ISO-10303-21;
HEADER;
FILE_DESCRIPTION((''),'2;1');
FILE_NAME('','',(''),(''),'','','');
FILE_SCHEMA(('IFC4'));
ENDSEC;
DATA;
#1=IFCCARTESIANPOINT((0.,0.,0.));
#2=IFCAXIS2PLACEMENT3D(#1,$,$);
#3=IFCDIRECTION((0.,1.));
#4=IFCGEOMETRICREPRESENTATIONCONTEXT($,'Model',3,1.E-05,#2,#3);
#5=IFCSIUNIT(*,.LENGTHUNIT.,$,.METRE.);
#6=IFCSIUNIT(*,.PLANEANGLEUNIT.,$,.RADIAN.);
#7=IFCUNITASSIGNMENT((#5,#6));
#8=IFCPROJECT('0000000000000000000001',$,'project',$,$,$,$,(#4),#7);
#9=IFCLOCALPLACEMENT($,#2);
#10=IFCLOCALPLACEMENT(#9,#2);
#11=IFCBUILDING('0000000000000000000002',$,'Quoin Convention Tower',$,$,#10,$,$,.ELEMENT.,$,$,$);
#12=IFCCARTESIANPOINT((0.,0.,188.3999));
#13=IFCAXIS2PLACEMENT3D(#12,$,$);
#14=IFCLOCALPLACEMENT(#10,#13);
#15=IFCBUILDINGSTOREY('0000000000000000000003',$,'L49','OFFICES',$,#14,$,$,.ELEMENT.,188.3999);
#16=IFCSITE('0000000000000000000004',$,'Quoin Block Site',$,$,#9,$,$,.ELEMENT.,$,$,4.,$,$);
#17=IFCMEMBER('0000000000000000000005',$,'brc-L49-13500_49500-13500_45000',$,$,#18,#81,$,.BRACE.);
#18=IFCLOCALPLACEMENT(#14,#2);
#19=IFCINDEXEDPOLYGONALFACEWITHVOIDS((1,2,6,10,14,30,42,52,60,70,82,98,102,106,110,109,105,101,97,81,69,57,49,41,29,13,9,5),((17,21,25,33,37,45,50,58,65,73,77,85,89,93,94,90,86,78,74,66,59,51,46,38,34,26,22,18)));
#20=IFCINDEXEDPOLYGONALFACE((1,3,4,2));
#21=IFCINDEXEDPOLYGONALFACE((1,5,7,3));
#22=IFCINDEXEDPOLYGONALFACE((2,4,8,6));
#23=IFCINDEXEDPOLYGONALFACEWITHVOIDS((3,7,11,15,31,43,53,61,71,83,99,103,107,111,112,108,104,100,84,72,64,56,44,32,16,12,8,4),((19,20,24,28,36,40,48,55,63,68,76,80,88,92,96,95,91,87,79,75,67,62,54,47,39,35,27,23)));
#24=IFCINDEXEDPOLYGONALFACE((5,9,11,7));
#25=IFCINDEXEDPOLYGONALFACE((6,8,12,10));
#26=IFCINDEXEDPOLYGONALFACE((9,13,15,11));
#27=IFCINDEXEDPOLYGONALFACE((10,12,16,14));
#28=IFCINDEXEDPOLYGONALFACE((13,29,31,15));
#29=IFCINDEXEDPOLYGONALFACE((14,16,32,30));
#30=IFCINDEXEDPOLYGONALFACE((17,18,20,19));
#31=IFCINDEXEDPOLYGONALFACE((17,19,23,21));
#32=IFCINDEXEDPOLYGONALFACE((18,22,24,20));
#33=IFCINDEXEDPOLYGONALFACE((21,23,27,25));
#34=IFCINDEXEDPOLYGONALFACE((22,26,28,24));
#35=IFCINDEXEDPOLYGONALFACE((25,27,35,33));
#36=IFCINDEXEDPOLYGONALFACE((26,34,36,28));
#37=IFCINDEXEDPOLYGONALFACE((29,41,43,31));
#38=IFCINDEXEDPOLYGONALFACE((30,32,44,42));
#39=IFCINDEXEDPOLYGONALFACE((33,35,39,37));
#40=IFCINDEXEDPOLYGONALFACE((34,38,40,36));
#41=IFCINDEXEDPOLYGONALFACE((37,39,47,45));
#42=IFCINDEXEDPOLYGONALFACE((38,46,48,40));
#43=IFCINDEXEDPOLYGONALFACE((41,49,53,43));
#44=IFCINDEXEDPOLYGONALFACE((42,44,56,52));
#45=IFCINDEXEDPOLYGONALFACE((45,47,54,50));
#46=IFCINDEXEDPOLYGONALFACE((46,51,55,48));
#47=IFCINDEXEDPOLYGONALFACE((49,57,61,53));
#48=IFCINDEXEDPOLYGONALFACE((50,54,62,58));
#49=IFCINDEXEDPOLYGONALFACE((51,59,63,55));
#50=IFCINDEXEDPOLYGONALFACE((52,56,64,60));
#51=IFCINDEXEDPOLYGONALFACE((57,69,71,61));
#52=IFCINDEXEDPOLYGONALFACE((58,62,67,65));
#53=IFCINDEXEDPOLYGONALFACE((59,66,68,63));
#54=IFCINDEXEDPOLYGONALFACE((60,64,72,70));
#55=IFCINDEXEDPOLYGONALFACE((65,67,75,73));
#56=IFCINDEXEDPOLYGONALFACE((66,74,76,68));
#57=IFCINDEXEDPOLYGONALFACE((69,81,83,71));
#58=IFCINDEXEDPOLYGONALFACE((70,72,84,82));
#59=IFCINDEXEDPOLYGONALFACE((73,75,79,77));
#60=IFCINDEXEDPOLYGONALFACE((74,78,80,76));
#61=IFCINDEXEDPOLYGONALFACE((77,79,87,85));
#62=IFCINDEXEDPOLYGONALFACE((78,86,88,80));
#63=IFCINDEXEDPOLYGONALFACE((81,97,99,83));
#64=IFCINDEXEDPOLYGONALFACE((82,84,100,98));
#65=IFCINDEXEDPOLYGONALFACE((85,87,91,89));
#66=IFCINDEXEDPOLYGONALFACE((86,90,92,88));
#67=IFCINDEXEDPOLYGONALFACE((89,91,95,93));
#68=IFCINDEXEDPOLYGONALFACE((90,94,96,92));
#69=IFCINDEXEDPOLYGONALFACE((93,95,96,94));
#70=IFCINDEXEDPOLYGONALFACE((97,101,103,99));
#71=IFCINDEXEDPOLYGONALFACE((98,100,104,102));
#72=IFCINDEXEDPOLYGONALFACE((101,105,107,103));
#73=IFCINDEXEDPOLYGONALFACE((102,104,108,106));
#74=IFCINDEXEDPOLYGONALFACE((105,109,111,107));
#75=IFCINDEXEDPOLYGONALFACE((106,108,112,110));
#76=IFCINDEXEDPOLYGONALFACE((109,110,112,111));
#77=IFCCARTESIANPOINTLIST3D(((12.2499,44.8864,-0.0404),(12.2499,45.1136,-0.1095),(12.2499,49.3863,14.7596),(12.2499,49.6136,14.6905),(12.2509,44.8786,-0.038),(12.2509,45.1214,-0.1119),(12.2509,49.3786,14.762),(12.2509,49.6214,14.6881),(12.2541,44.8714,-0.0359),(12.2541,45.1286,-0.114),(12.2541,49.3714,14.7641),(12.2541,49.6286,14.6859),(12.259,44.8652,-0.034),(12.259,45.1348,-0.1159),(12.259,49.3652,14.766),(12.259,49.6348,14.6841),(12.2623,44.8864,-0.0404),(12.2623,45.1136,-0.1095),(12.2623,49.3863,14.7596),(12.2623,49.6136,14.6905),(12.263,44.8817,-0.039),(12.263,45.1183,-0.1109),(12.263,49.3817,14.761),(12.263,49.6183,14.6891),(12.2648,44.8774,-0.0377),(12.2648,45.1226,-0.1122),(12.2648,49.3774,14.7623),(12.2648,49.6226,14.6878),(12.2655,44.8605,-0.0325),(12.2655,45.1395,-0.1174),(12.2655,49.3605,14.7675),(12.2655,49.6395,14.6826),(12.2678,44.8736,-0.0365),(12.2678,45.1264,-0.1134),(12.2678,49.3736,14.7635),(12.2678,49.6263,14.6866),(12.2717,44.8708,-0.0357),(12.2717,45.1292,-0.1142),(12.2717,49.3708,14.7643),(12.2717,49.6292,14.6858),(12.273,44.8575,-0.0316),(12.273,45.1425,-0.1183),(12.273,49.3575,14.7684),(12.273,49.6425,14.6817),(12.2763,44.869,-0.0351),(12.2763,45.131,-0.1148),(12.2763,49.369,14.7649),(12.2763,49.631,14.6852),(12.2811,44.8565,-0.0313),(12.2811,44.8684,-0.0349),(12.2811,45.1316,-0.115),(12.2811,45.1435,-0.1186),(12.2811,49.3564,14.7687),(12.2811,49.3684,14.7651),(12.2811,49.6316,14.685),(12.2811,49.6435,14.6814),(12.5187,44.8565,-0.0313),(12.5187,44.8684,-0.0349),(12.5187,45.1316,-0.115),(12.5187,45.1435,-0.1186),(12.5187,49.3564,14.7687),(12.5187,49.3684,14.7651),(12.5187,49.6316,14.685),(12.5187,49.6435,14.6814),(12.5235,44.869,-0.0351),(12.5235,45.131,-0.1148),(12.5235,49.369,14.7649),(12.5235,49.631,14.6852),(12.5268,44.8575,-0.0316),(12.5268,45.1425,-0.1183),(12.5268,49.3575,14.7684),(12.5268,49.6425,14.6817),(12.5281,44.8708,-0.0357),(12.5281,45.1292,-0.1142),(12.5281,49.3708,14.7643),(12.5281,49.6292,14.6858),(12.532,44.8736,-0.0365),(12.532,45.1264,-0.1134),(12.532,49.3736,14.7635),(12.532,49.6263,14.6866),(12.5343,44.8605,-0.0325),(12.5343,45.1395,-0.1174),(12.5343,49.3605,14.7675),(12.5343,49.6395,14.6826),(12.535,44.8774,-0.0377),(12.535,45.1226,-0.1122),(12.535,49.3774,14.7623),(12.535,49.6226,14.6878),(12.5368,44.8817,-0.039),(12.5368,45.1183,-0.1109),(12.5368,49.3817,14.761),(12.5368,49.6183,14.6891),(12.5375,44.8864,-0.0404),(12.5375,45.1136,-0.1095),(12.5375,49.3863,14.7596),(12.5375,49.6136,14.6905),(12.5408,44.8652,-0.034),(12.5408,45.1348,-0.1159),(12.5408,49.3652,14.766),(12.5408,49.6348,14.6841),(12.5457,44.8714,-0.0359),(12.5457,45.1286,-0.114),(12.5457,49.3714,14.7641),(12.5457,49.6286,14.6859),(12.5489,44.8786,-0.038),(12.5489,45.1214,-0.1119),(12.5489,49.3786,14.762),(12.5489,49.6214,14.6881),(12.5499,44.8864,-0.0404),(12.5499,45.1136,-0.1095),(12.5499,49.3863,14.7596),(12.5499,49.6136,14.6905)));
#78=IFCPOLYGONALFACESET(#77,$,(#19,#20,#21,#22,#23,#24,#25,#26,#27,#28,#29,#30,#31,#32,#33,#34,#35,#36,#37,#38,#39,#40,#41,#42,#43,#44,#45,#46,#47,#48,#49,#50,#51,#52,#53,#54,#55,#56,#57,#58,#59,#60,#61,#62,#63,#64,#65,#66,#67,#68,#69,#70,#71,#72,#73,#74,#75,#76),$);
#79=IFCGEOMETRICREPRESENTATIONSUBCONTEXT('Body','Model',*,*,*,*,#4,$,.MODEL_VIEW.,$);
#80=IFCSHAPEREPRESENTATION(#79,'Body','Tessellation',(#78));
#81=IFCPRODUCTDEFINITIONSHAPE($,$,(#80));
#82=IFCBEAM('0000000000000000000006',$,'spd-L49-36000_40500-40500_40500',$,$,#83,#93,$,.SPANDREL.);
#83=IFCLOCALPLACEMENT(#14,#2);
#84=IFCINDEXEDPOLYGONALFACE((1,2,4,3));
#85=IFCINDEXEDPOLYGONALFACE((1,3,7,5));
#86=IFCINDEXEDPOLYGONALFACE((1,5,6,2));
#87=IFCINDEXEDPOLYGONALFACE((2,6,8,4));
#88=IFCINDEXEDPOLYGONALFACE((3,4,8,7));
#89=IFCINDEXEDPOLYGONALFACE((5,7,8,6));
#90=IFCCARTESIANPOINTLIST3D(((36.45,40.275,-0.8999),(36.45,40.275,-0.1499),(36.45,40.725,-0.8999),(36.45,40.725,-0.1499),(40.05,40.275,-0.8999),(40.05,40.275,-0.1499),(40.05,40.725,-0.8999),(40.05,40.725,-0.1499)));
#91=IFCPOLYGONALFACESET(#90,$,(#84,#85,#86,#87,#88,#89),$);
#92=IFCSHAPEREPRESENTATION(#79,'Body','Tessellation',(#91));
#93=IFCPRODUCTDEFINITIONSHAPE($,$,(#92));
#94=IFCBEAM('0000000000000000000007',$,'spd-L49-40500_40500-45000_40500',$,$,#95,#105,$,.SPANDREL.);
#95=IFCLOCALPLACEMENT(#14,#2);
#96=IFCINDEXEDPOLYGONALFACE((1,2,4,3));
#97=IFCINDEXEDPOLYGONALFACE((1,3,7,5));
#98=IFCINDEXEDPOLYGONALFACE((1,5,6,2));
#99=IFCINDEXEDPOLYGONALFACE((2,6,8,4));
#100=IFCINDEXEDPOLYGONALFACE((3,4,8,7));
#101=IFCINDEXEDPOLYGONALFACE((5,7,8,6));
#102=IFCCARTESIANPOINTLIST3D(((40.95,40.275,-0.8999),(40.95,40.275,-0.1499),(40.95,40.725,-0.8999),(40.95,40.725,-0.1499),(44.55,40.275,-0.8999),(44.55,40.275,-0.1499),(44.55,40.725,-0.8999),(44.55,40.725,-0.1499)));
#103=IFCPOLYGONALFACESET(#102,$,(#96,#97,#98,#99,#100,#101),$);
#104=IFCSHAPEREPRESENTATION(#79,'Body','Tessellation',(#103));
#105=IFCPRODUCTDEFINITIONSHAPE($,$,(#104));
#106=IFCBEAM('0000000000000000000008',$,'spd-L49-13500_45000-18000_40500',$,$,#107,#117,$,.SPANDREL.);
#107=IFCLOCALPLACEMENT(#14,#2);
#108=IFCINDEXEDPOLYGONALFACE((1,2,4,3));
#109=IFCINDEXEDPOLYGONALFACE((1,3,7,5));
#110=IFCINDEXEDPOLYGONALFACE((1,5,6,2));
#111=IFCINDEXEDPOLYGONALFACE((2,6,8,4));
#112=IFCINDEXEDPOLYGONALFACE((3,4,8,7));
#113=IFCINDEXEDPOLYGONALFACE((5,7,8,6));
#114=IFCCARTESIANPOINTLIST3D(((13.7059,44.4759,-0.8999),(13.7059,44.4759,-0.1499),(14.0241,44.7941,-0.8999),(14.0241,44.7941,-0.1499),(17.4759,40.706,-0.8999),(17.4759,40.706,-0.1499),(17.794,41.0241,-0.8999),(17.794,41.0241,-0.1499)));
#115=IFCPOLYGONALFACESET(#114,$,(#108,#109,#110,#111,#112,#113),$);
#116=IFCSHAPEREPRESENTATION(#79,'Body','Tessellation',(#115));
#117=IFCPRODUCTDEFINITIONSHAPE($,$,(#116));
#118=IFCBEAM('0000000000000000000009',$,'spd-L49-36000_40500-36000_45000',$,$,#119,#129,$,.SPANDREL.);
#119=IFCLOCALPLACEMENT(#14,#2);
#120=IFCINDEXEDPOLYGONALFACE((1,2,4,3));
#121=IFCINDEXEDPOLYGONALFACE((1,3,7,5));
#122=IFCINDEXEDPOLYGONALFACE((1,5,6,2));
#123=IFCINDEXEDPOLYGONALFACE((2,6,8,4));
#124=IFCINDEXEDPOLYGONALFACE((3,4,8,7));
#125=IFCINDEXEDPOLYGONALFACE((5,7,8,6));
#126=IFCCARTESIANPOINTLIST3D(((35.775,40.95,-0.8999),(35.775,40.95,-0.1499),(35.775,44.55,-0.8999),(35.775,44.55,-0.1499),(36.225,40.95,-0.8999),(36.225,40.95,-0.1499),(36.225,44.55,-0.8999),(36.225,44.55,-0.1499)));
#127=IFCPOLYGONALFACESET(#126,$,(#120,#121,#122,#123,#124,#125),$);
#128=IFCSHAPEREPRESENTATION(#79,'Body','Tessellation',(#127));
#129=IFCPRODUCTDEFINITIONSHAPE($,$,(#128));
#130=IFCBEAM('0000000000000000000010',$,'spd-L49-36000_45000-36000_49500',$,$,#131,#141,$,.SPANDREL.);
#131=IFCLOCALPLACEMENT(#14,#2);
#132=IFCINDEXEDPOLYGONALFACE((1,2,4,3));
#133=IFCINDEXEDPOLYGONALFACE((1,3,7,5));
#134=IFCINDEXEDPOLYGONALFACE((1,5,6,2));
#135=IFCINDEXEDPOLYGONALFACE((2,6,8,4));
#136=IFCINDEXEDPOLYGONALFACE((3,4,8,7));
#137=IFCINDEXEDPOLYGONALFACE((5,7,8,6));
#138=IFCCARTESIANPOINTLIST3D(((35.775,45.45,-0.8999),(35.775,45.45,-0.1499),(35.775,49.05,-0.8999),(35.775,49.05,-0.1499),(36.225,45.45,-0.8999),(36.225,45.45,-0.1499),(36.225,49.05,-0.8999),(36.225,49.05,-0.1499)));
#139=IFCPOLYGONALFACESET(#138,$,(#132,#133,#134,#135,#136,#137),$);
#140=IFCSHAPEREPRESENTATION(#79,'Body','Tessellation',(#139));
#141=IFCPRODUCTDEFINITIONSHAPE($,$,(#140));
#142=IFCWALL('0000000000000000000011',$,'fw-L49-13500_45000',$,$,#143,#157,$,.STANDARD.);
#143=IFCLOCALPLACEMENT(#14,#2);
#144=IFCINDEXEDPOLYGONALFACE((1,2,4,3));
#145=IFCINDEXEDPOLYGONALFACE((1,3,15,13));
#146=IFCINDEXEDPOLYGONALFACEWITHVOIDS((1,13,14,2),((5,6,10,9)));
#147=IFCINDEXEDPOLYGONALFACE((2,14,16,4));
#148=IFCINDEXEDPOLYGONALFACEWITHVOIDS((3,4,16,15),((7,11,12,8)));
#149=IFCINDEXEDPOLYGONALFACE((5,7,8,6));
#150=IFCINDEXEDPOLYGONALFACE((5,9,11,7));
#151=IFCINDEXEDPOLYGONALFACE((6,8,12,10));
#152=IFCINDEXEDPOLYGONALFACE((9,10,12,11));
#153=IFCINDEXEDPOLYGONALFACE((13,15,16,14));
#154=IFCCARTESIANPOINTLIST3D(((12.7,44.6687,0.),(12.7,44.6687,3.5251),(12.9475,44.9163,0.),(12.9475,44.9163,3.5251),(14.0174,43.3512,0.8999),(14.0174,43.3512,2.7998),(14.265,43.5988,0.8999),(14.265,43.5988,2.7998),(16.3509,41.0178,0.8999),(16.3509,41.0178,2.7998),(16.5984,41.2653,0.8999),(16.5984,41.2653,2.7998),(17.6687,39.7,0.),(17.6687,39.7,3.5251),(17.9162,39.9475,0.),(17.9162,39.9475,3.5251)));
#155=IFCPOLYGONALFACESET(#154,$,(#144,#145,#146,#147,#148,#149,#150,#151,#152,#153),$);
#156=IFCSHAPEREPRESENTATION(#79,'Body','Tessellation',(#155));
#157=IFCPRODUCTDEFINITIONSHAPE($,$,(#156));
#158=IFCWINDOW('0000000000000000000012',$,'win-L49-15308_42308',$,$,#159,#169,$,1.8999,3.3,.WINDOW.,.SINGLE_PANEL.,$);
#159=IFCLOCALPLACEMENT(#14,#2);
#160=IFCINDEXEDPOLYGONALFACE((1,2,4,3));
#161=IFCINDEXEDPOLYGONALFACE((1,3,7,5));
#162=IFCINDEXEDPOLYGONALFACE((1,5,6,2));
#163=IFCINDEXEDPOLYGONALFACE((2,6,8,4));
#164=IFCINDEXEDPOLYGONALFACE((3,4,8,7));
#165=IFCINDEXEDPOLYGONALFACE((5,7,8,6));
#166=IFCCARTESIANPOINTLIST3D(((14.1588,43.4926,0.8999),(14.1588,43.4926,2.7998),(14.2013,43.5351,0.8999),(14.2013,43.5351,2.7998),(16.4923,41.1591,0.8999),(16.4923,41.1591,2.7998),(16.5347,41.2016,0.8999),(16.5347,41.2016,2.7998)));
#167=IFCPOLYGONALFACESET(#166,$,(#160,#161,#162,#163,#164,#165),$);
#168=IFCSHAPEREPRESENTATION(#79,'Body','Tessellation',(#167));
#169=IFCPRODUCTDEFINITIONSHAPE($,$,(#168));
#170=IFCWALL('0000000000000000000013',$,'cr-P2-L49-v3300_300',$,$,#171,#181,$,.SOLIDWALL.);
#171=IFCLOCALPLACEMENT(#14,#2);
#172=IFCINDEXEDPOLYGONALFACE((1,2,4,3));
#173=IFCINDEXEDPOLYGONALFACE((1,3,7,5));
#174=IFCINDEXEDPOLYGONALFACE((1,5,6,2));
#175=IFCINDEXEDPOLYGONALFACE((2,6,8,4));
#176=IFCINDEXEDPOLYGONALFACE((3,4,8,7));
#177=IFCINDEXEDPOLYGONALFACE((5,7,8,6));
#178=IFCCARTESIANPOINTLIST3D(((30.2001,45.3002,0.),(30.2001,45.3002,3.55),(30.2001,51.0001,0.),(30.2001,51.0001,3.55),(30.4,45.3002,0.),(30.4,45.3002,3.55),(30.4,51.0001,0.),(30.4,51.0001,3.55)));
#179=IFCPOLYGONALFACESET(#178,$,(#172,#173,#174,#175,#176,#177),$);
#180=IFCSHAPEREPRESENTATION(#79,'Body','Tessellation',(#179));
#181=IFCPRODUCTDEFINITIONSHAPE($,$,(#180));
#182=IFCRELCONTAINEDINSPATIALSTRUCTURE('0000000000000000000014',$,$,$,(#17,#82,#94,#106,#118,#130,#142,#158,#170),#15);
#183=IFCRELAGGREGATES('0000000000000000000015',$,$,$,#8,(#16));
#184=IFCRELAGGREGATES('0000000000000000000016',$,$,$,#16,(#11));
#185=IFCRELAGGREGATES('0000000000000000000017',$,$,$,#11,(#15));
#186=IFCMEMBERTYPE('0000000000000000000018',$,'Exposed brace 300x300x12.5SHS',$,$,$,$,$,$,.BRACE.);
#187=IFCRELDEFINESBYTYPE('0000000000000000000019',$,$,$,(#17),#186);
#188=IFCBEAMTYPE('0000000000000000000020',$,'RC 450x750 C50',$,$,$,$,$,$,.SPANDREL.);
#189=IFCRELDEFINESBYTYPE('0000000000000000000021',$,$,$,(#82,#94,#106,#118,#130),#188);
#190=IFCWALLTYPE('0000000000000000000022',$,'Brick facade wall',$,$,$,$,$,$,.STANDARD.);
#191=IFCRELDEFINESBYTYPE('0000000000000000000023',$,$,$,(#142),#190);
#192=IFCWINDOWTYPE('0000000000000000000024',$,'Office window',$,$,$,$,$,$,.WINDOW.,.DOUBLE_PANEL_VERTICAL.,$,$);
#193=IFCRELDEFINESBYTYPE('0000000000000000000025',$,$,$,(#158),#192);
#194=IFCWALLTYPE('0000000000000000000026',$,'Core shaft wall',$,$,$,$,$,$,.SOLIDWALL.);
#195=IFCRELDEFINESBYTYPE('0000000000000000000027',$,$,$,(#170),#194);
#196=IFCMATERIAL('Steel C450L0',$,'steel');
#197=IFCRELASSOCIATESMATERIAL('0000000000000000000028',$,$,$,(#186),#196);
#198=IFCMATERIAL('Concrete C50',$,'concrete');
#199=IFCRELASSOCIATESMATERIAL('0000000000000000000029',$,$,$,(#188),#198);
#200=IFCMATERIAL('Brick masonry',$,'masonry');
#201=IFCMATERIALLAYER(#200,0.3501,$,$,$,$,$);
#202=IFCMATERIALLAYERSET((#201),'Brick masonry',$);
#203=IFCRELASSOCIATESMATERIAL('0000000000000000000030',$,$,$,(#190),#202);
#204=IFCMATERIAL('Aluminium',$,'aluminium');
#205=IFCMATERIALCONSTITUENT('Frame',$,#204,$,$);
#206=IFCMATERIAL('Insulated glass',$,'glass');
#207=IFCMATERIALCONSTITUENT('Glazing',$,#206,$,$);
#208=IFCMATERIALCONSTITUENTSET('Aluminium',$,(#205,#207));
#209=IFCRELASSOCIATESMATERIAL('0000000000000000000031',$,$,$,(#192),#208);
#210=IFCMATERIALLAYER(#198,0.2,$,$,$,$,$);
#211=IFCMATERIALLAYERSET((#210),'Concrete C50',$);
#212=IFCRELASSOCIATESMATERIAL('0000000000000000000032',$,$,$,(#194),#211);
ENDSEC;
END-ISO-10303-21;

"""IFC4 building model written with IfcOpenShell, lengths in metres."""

from ifc_helpers import new_model, si_unit, direction, frame, frame_2d, origin, origin_2d, place, context, subcontext, project, spatial, rectangle, hollow_rectangle, extrude, material, layer, layer_set, constituent, constituent_set, material_profile, profile_set, type_object, element, fill, save


model = new_model("IFC4")

# Units and contexts
model_context = context("Model", 3, precision=1e-05, world=origin(), true_north=direction((0.0, 1.0)))
body_context = subcontext(model_context, "Body", "Model", "MODEL_VIEW")
ifc_project = project(units=[si_unit("LENGTHUNIT", "METRE"), si_unit("PLANEANGLEUNIT", "RADIAN")], contexts=[model_context])

# Site, building, storey
site_placement = place(None, origin())
site = spatial("IfcSite", under=ifc_project, at=site_placement, Name="Quoin Block Site", CompositionType="ELEMENT", RefElevation=4.0)
building_placement = place(site_placement, origin())
building = spatial("IfcBuilding", under=site, at=building_placement, Name="Quoin Convention Tower", CompositionType="ELEMENT")
storey_placement = place(building_placement, frame((0.0, 0.0, 188.3999)))
storey = spatial("IfcBuildingStorey", under=building, at=storey_placement, Name="L49", Description="OFFICES", CompositionType="ELEMENT", Elevation=188.3999)

# Shared definitions
ifc_material_1 = material(Name="Concrete C50", Category="concrete")

# Member
ifc_material_2 = material(Name="Steel C450L0", Category="steel")
ifc_material_profile_1 = material_profile(ifc_material_2, hollow_rectangle(XDim=0.3, YDim=0.3, WallThickness=0.0125, InnerFilletRadius=0.0188, OuterFilletRadius=0.0312, at=origin_2d()), Name="300x300x12.5SHS")
ifc_profile_set_1 = profile_set([ifc_material_profile_1], Name="Steel C450L0")
member_type = type_object("IfcMemberType", Name="Exposed brace 300x300x12.5SHS", PredefinedType="BRACE", material=ifc_profile_set_1)
member_placement = place(storey_placement, frame((12.3999, 45.0, -0.075), z_axis=(0.0, 0.290903, 0.956752), x_axis=(-1.0, 0.0, 0.0)))
element("IfcMember", 1, at=member_placement, inside=storey, type_object=member_type, Name="brc-L49-13500_49500-13500_45000", PredefinedType="BRACE", context=body_context, shape_type="SweptSolid", body=[
    extrude(hollow_rectangle(XDim=0.3, YDim=0.3, WallThickness=0.0125, InnerFilletRadius=0.0188, OuterFilletRadius=0.0312, at=origin_2d()), origin(), (0.0, 0.0, 1.0), 15.469),
])

# Beams
ifc_material_profile_2 = material_profile(ifc_material_1, rectangle(XDim=0.45, YDim=0.75, at=origin_2d()), Name="RC 450x750")
ifc_profile_set_2 = profile_set([ifc_material_profile_2], Name="Concrete C50")
beam_type_1 = type_object("IfcBeamType", Name="RC 450x750 C50", PredefinedType="SPANDREL", material=ifc_profile_set_2)
for number, where, z_axis, x_axis, name in (
    (2, (36.45, 40.5, -0.5249), (1.0, 0.0, 0.0), (0.0, 1.0, 0.0), "spd-L49-36000_40500-40500_40500"),
    (3, (40.95, 40.5, -0.5249), (1.0, 0.0, 0.0), (0.0, 1.0, 0.0), "spd-L49-40500_40500-45000_40500"),
):
    element("IfcBeam", number, at=place(storey_placement, frame(where, z_axis=z_axis, x_axis=x_axis)), inside=storey, type_object=beam_type_1, Name=name, PredefinedType="SPANDREL", context=body_context, shape_type="SweptSolid", body=[
        extrude(rectangle(XDim=0.45, YDim=0.75, at=origin_2d()), origin(), (0.0, 0.0, 1.0), 3.6001),
    ])
beam_1_placement = place(storey_placement, frame((13.865, 44.635, -0.5249), z_axis=(0.707107, -0.707107, 0.0), x_axis=(0.707107, 0.707107, 0.0)))
element("IfcBeam", 4, at=beam_1_placement, inside=storey, type_object=beam_type_1, Name="spd-L49-13500_45000-18000_40500", PredefinedType="SPANDREL", context=body_context, shape_type="SweptSolid", body=[
    extrude(rectangle(XDim=0.45, YDim=0.75, at=origin_2d()), origin(), (0.0, 0.0, 1.0), 5.3315),
])
for number, where, z_axis, x_axis, name in (
    (5, (36.0, 40.95, -0.5249), (0.0, 1.0, 0.0), (-1.0, 0.0, 0.0), "spd-L49-36000_40500-36000_45000"),
    (6, (36.0, 45.45, -0.5249), (0.0, 1.0, 0.0), (-1.0, 0.0, 0.0), "spd-L49-36000_45000-36000_49500"),
):
    element("IfcBeam", number, at=place(storey_placement, frame(where, z_axis=z_axis, x_axis=x_axis)), inside=storey, type_object=beam_type_1, Name=name, PredefinedType="SPANDREL", context=body_context, shape_type="SweptSolid", body=[
        extrude(rectangle(XDim=0.45, YDim=0.75, at=origin_2d()), origin(), (0.0, 0.0, 1.0), 3.6001),
    ])

# Wall, opening, window
ifc_material_3 = material(Name="Brick masonry", Category="masonry")
ifc_layer_1 = layer(ifc_material_3, 0.3501)
ifc_layer_set_1 = layer_set([ifc_layer_1], Name="Brick masonry")
wall_type_1 = type_object("IfcWallType", Name="Brick facade wall", PredefinedType="STANDARD", material=ifc_layer_set_1)
wall_1_placement = place(storey_placement, frame((12.8237, 44.7925, 0.0), z_axis=(0.0, 0.0, 1.0), x_axis=(0.707107, -0.707107, 0.0)))
wall_1 = element("IfcWall", 7, at=wall_1_placement, inside=storey, type_object=wall_type_1, Name="fw-L49-13500_45000", PredefinedType="STANDARD", context=body_context, shape_type="SweptSolid", body=[
    extrude(rectangle(XDim=7.0269, YDim=0.3501, at=frame_2d((3.5134, 0.0))), origin(), (0.0, 0.0, 1.0), 3.5251),
])
opening_1_placement = place(wall_1_placement, frame((1.8633, 0.0, 0.8999)))
opening_1 = element("IfcOpeningElement", 8, at=opening_1_placement, cuts=wall_1, PredefinedType="OPENING", context=body_context, shape_type="SweptSolid", body=[
    extrude(rectangle(XDim=3.3, YDim=1.8999, at=frame_2d((1.6499, 0.95))), frame((0.0, 0.1851, 0.0), z_axis=(0.0, -1.0, 0.0), x_axis=(1.0, 0.0, 0.0)), (0.0, 0.0, 1.0), 0.3701),
])
ifc_material_4 = material(Name="Aluminium", Category="aluminium")
ifc_constituent_1 = constituent(ifc_material_4, Name="Frame")
ifc_material_5 = material(Name="Insulated glass", Category="glass")
ifc_constituent_2 = constituent(ifc_material_5, Name="Glazing")
ifc_constituent_set = constituent_set(constituents=[ifc_constituent_1, ifc_constituent_2], Name="Aluminium")
window_type = type_object("IfcWindowType", Name="Office window", PartitioningType="DOUBLE_PANEL_VERTICAL", PredefinedType="WINDOW", material=ifc_constituent_set)
window_placement = place(opening_1_placement, origin())
window = element("IfcWindow", 9, at=window_placement, inside=storey, type_object=window_type, Name="win-L49-15308_42308", OverallHeight=1.8999, OverallWidth=3.3, PartitioningType="SINGLE_PANEL", PredefinedType="WINDOW", context=body_context, shape_type="SweptSolid", body=[
    extrude(rectangle(XDim=3.3, YDim=1.8999, at=frame_2d((1.6499, 0.95))), frame((0.0, 0.085, 0.0), z_axis=(0.0, -1.0, 0.0), x_axis=(1.0, 0.0, 0.0)), (0.0, 0.0, 1.0), 0.0601),
])
fill(opening_1, window)

# Wall
ifc_layer_2 = layer(ifc_material_1, 0.2)
ifc_layer_set_2 = layer_set([ifc_layer_2], Name="Concrete C50")
wall_type_2 = type_object("IfcWallType", Name="Core shaft wall", PredefinedType="SOLIDWALL", material=ifc_layer_set_2)
wall_2_placement = place(storey_placement, frame((30.3, 45.3, 0.0), z_axis=(0.0, 0.0, 1.0), x_axis=(0.0, 1.0, 0.0)))
element("IfcWall", 10, at=wall_2_placement, inside=storey, type_object=wall_type_2, Name="cr-P2-L49-v3300_300", PredefinedType="SOLIDWALL", context=body_context, shape_type="SweptSolid", body=[
    extrude(rectangle(XDim=5.7, YDim=0.2, at=frame_2d((2.8501, 0.0))), origin(), (0.0, 0.0, 1.0), 3.55),
])

save(model, "model.ifc")
